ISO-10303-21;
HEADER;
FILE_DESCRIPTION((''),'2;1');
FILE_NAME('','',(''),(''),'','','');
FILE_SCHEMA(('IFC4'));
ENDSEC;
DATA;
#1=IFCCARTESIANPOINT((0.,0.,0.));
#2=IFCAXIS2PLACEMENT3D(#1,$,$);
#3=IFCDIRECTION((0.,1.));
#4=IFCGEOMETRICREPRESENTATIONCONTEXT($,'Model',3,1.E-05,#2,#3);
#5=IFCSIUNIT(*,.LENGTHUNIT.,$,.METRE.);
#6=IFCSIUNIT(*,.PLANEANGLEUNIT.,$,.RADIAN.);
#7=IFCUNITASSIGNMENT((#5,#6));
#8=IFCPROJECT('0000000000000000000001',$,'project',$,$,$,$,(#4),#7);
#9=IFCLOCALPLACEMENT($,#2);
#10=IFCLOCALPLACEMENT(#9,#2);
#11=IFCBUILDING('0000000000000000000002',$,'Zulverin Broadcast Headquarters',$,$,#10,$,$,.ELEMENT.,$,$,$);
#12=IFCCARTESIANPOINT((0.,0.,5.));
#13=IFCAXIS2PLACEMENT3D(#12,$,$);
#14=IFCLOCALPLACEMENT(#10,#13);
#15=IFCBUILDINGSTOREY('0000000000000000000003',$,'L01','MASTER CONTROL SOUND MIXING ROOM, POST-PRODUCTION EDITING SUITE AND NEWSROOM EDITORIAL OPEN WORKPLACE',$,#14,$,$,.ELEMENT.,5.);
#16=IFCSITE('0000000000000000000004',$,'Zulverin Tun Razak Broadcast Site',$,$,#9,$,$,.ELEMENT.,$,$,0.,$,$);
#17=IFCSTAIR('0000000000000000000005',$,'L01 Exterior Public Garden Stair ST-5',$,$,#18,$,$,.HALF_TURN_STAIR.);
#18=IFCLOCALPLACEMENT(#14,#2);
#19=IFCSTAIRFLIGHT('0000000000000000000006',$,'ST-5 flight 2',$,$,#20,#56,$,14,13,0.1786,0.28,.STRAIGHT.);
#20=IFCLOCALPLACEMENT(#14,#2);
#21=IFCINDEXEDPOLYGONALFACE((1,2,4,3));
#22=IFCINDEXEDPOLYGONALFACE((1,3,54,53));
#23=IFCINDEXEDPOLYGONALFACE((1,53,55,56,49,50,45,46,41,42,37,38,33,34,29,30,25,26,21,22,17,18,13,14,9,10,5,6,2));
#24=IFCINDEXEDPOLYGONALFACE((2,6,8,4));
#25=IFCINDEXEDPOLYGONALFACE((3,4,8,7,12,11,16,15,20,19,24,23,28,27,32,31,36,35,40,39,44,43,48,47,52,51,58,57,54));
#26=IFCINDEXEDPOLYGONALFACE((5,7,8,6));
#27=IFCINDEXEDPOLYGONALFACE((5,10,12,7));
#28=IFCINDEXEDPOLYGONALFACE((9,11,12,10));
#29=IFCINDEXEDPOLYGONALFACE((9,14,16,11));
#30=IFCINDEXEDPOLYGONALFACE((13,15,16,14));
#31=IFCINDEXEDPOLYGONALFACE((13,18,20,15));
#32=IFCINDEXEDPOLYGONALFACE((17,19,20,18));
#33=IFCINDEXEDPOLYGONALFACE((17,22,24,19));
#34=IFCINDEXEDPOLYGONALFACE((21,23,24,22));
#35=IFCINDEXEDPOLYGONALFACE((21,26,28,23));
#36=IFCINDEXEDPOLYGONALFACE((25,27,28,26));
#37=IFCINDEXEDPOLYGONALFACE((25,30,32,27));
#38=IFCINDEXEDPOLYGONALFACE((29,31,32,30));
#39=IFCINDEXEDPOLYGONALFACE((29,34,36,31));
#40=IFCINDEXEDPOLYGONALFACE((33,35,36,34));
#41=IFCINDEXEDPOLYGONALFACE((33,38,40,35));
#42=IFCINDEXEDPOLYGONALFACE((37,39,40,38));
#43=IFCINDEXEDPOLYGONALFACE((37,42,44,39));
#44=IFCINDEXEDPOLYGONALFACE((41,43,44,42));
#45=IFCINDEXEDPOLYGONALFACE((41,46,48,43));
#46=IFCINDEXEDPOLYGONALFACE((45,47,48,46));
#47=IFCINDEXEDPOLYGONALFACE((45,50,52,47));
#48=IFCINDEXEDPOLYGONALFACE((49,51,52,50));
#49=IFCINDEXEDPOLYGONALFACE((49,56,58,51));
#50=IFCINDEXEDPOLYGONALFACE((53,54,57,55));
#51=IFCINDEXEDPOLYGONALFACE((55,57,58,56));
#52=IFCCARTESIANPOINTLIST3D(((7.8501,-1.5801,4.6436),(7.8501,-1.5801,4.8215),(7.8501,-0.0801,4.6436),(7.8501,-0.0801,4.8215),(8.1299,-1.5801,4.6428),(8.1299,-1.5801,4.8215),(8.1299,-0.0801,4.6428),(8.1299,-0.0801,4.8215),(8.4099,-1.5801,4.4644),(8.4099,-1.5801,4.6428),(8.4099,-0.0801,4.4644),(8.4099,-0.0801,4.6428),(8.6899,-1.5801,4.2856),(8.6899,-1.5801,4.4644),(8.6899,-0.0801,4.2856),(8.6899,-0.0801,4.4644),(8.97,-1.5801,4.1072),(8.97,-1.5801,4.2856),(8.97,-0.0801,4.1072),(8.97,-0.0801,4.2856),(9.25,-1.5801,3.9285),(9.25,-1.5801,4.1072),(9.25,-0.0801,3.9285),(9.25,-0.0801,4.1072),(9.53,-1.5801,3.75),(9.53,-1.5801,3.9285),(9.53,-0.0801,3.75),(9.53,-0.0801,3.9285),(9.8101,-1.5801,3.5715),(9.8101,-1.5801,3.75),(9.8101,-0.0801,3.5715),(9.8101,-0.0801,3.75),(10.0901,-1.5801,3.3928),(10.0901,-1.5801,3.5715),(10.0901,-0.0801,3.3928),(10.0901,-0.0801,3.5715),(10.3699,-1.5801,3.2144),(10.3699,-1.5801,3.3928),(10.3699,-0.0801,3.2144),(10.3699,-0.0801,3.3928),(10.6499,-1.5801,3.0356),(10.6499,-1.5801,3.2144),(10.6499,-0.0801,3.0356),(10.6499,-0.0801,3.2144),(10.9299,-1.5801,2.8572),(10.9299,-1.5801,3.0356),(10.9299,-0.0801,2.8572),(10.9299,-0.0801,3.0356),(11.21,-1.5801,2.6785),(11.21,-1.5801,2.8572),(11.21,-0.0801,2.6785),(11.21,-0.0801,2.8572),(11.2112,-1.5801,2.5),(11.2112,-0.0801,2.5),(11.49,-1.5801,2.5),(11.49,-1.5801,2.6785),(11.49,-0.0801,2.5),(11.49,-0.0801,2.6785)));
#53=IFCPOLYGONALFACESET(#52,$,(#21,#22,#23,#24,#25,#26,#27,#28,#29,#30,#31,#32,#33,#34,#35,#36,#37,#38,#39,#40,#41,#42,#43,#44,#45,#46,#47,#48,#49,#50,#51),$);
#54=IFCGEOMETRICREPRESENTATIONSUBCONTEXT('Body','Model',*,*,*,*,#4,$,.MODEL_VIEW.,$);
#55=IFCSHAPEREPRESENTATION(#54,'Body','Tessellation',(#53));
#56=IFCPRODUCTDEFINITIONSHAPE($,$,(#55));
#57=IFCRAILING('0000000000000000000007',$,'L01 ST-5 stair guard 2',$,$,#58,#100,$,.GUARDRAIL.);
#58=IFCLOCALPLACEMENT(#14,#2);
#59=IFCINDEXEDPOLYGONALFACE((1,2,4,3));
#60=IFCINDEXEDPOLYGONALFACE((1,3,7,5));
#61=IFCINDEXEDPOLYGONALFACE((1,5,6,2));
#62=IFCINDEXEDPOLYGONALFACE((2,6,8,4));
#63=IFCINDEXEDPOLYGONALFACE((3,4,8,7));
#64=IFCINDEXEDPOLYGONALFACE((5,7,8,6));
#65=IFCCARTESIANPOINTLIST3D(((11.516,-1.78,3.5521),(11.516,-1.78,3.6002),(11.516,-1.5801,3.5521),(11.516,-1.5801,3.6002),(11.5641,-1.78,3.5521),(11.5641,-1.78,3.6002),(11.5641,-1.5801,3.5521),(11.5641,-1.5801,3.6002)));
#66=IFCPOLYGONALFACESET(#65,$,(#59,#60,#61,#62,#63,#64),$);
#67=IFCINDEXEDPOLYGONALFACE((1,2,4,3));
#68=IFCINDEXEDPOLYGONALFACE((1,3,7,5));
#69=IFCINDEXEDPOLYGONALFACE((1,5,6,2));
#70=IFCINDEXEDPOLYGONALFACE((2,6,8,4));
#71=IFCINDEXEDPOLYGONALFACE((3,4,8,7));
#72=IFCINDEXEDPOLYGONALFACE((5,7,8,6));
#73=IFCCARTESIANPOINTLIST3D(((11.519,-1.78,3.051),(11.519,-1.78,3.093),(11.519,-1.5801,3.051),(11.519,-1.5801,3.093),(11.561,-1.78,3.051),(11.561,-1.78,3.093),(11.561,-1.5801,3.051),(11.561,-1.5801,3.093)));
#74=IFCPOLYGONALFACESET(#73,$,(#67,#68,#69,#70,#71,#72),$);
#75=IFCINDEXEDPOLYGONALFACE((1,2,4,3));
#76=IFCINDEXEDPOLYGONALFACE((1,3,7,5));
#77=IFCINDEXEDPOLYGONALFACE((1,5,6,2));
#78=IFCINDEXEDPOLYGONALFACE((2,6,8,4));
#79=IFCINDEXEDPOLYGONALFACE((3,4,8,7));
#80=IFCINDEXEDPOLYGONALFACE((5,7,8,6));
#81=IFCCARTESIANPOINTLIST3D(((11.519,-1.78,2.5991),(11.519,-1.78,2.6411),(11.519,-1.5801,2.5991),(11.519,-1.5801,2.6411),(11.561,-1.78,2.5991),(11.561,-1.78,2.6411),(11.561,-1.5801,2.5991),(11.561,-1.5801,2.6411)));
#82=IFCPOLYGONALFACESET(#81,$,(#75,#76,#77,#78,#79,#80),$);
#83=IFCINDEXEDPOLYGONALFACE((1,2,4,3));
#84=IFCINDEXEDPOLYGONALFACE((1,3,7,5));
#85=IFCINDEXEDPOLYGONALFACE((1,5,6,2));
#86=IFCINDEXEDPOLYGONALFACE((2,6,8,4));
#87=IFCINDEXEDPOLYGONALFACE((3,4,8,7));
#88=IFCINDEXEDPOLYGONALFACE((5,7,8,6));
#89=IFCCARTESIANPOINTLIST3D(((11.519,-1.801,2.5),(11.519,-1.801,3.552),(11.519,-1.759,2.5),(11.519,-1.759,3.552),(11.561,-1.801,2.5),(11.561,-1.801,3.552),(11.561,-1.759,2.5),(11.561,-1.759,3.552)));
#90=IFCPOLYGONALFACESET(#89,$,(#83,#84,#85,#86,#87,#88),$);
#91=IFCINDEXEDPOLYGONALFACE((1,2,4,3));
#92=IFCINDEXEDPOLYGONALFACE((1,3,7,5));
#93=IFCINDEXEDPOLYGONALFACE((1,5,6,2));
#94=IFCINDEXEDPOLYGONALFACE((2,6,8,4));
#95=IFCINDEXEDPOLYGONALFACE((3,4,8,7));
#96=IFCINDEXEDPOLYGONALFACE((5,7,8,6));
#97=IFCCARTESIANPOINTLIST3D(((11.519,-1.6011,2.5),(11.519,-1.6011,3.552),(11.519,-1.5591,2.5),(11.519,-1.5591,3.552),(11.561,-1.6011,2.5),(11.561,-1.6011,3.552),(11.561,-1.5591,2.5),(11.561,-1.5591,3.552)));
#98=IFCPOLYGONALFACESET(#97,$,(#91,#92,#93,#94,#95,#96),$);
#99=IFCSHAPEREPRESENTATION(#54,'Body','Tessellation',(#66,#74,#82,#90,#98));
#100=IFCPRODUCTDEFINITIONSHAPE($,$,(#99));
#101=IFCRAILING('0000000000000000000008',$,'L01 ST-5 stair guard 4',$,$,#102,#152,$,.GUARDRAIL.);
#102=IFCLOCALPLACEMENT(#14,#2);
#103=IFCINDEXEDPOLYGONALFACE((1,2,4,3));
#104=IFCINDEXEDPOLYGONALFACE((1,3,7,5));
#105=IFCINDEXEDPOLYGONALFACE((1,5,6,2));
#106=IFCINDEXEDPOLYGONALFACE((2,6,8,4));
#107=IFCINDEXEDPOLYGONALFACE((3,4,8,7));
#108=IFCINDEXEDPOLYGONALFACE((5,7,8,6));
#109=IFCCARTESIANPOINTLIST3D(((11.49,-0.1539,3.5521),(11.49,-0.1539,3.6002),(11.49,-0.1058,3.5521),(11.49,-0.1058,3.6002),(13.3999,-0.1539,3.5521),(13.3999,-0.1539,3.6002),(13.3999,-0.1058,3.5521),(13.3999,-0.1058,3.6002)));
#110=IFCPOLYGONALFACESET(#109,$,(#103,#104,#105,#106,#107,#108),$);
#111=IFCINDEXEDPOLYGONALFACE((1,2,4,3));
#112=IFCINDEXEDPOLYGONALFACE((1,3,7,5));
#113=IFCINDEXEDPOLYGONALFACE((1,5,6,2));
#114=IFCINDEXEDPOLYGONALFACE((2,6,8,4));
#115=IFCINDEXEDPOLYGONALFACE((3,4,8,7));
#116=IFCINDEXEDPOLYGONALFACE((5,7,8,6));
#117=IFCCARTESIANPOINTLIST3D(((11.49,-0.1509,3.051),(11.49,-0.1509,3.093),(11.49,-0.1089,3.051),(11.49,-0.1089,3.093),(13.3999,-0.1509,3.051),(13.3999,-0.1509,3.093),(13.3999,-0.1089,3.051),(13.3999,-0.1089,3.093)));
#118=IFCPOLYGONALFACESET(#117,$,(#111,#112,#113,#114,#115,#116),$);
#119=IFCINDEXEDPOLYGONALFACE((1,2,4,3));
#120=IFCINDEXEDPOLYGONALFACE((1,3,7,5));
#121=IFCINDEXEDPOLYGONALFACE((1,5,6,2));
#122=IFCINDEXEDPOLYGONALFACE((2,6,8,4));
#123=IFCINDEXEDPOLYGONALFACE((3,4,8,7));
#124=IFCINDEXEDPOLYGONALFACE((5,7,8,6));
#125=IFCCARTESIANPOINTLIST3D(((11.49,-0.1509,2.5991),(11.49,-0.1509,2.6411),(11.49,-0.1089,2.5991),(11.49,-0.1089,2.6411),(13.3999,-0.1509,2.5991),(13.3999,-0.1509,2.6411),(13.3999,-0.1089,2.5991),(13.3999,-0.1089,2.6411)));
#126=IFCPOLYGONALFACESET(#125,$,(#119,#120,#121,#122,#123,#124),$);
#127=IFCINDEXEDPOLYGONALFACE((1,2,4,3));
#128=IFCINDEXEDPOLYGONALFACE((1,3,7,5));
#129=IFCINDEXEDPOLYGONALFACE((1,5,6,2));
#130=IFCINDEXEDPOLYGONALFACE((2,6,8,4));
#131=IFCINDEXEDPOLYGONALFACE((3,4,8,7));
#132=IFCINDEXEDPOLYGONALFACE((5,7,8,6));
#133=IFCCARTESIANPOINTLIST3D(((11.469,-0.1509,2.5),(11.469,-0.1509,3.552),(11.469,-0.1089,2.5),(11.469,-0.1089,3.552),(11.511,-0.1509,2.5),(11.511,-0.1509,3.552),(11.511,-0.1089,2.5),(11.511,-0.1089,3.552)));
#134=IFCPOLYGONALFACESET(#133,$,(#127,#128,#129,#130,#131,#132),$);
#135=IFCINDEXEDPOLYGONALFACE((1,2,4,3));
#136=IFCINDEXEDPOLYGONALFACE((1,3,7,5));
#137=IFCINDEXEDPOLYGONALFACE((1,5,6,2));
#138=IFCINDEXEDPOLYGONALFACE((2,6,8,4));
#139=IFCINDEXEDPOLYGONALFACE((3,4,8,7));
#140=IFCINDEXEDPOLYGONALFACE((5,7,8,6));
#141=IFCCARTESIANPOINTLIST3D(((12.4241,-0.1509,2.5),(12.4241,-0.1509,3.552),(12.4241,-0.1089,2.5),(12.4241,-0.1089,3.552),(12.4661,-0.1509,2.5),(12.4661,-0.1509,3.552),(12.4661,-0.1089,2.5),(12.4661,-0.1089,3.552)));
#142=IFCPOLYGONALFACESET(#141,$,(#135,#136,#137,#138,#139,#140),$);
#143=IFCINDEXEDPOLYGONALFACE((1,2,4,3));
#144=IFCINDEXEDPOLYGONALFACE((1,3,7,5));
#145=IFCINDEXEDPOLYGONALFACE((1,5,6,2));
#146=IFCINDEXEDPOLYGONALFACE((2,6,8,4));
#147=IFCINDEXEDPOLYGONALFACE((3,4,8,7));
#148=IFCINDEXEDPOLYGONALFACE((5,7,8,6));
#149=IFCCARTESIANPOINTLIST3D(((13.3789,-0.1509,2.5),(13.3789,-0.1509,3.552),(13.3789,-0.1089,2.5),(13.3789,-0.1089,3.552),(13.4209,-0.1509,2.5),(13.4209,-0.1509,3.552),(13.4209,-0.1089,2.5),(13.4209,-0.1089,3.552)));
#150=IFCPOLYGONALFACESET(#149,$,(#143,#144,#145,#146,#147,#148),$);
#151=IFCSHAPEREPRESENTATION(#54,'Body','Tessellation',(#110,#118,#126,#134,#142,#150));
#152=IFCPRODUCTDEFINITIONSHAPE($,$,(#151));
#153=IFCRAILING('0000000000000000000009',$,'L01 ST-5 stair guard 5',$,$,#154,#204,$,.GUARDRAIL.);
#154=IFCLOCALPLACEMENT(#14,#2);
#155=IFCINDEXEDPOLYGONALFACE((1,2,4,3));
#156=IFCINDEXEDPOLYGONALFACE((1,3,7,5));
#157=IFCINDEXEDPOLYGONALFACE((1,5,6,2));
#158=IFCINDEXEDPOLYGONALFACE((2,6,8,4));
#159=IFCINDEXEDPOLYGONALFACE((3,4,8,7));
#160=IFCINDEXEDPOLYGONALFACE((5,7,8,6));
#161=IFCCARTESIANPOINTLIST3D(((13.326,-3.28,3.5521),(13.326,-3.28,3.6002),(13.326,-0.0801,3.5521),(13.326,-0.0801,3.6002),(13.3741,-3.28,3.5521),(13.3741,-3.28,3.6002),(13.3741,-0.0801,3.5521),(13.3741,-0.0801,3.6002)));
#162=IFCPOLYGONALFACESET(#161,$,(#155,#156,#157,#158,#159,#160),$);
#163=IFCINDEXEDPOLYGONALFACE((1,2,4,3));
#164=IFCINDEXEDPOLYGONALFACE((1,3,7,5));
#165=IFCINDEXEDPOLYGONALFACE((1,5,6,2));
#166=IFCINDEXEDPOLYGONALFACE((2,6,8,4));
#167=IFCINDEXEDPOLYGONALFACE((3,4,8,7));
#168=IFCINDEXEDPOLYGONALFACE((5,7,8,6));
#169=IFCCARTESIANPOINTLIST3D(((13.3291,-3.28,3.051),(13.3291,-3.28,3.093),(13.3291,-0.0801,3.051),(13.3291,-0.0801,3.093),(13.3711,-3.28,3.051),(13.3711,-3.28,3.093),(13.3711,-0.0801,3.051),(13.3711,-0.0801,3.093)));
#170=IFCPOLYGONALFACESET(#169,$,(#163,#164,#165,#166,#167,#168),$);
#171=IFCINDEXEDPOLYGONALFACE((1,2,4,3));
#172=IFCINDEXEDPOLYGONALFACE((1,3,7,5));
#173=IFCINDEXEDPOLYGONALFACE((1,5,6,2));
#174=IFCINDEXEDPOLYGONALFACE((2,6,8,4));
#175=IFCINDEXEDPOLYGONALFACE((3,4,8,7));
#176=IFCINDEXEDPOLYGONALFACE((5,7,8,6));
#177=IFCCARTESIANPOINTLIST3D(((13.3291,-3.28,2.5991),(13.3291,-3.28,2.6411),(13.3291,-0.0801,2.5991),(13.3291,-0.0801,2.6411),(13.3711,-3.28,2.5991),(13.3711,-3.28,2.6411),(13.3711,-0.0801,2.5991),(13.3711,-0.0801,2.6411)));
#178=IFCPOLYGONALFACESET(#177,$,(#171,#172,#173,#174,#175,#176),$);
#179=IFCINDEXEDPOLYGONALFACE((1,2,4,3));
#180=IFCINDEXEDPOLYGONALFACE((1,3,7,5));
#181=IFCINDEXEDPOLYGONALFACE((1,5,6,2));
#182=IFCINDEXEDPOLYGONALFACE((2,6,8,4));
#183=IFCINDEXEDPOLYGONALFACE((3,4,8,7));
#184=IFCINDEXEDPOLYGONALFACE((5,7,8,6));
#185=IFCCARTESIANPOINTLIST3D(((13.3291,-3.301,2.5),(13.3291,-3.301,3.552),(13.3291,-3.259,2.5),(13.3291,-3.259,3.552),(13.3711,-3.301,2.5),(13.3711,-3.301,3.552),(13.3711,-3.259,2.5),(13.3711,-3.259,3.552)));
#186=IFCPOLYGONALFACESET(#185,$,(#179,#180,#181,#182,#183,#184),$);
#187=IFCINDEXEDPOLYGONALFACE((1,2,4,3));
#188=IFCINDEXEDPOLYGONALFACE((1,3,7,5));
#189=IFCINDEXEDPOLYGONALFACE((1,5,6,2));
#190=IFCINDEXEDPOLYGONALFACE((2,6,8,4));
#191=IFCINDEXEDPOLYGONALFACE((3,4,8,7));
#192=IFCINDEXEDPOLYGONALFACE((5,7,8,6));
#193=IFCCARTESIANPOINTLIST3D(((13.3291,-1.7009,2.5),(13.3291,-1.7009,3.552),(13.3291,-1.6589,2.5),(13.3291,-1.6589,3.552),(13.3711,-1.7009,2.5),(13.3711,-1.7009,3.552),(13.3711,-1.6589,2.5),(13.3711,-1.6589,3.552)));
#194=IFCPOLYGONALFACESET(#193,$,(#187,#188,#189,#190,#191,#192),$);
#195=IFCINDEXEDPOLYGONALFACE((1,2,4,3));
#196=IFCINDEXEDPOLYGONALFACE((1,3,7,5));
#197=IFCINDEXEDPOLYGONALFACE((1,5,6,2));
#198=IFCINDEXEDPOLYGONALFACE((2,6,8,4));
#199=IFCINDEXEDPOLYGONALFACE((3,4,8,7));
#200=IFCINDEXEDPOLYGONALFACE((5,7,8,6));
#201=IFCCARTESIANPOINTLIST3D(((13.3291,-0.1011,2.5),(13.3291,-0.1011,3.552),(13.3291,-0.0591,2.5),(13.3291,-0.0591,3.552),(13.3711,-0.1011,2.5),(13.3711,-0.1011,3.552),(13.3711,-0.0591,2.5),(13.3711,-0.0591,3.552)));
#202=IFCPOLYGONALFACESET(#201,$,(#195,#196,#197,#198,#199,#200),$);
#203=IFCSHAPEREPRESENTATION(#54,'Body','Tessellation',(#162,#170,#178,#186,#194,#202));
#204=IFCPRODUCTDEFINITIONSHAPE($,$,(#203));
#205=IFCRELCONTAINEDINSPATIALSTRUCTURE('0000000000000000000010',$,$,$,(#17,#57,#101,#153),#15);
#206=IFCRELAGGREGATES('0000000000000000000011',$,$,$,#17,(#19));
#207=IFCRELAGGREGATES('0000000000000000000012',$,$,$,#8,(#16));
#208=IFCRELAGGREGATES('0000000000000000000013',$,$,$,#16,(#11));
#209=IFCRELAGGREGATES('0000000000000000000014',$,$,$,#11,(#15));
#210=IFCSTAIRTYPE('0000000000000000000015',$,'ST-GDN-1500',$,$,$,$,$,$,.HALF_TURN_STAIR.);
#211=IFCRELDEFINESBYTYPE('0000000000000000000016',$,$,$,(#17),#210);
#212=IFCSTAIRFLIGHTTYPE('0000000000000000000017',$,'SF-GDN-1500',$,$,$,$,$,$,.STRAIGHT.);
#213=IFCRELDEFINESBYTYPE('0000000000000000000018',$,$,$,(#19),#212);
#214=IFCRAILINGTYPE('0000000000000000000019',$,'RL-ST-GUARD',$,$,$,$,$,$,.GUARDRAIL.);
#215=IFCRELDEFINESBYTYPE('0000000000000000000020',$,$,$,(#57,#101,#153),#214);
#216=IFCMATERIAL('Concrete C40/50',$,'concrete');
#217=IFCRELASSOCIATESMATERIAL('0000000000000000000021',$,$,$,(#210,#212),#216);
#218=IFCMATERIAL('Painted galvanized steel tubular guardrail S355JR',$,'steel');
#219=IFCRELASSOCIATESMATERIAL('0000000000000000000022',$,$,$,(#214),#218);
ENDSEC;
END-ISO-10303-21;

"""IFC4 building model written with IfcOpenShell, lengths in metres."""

from ifc_helpers import new_model, si_unit, direction, frame, origin, origin_2d, place, context, subcontext, project, spatial, polyline, rectangle, outline, extrude, material, type_object, element, aggregate, save


model = new_model("IFC4")

# Units and contexts
model_context = context("Model", 3, precision=1e-05, world=origin(), true_north=direction((0.0, 1.0)))
body_context = subcontext(model_context, "Body", "Model", "MODEL_VIEW")
ifc_project = project(units=[si_unit("LENGTHUNIT", "METRE"), si_unit("PLANEANGLEUNIT", "RADIAN")], contexts=[model_context])

# Site, building, storey
site_placement = place(None, origin())
site = spatial("IfcSite", under=ifc_project, at=site_placement, Name="Zulverin Tun Razak Broadcast Site", CompositionType="ELEMENT", RefElevation=0.0)
building_placement = place(site_placement, origin())
building = spatial("IfcBuilding", under=site, at=building_placement, Name="Zulverin Broadcast Headquarters", CompositionType="ELEMENT")
storey_placement = place(building_placement, frame((0.0, 0.0, 5.0)))
storey = spatial("IfcBuildingStorey", under=building, at=storey_placement, Name="L01", Description="MASTER CONTROL SOUND MIXING ROOM, POST-PRODUCTION EDITING SUITE AND NEWSROOM EDITORIAL OPEN WORKPLACE", CompositionType="ELEMENT", Elevation=5.0)

# Stair, stair flight
ifc_material_1 = material(Name="Concrete C40/50", Category="concrete")
stair_type = type_object("IfcStairType", Name="ST-GDN-1500", PredefinedType="HALF_TURN_STAIR", material=ifc_material_1)
stair_placement = place(storey_placement, origin())
stair = element("IfcStair", 1, at=stair_placement, inside=storey, type_object=stair_type, Name="L01 Exterior Public Garden Stair ST-5", PredefinedType="HALF_TURN_STAIR")
stair_flight_type = type_object("IfcStairFlightType", Name="SF-GDN-1500", PredefinedType="STRAIGHT", material=ifc_material_1)
stair_flight_placement = place(storey_placement, frame((11.49, -0.8301, 2.5), z_axis=(0.0, 0.0, 1.0), x_axis=(-1.0, 0.0, 0.0)))
stair_flight = element("IfcStairFlight", 2, at=stair_flight_placement, type_object=stair_flight_type, Name="ST-5 flight 2", NumberOfRisers=14, NumberOfTreads=13, PredefinedType="STRAIGHT", RiserHeight=0.1786, TreadLength=0.28, context=body_context, shape_type="SweptSolid", body=[
    extrude(outline(polyline([(0.0, 0.0), (0.0, 0.1785), (0.28, 0.1785), (0.28, 0.3572), (0.5601, 0.3572), (0.5601, 0.5356), (0.8401, 0.5356), (0.8401, 0.7144), (1.1201, 0.7144), (1.1201, 0.8928), (1.3999, 0.8928), (1.3999, 1.0715), (1.6799, 1.0715), (1.6799, 1.25), (1.96, 1.25), (1.96, 1.4285), (2.24, 1.4285), (2.24, 1.6072), (2.52, 1.6072), (2.52, 1.7856), (2.8, 1.7856), (2.8, 1.9644), (3.0801, 1.9644), (3.0801, 2.1428), (3.3601, 2.1428), (3.3601, 2.3215), (3.6399, 2.3215), (3.6399, 2.5), (3.6399, 2.1436), (0.2788, 0.0), (0.0, 0.0)])), frame((0.0, 0.75, 0.0), z_axis=(0.0, -1.0, 0.0), x_axis=(1.0, 0.0, 0.0)), (0.0, 0.0, 1.0), 1.5),
])
aggregate(stair, [stair_flight])

# Railings
ifc_material_2 = material(Name="Painted galvanized steel tubular guardrail S355JR", Category="steel")
railing_type_1 = type_object("IfcRailingType", Name="RL-ST-GUARD", PredefinedType="GUARDRAIL", material=ifc_material_2)
railing_1_placement = place(storey_placement, frame((11.54, -1.78, 2.5)))
element("IfcRailing", 3, at=railing_1_placement, inside=storey, type_object=railing_type_1, Name="L01 ST-5 stair guard 2", PredefinedType="GUARDRAIL", context=body_context, shape_type="SweptSolid", body=[
    extrude(rectangle(XDim=0.0481, YDim=0.0481, at=origin_2d()), frame((0.0, 0.0, 1.0762), z_axis=(0.0, 1.0, 0.0), x_axis=(-1.0, 0.0, 0.0)), (0.0, 0.0, 1.0), 0.2),
    extrude(rectangle(XDim=0.042, YDim=0.042, at=origin_2d()), frame((0.0, 0.0, 0.572), z_axis=(0.0, 1.0, 0.0), x_axis=(-1.0, 0.0, 0.0)), (0.0, 0.0, 1.0), 0.2),
    extrude(rectangle(XDim=0.042, YDim=0.042, at=origin_2d()), frame((0.0, 0.0, 0.1201), z_axis=(0.0, 1.0, 0.0), x_axis=(-1.0, 0.0, 0.0)), (0.0, 0.0, 1.0), 0.2),
    extrude(rectangle(XDim=0.042, YDim=0.042, at=origin_2d()), origin(), (0.0, 0.0, 1.0), 1.052),
    extrude(rectangle(XDim=0.042, YDim=0.042, at=origin_2d()), frame((0.0, 0.2, 0.0)), (0.0, 0.0, 1.0), 1.052),
])
railing_2_placement = place(storey_placement, frame((11.49, -0.1299, 2.5)))
element("IfcRailing", 4, at=railing_2_placement, inside=storey, type_object=railing_type_1, Name="L01 ST-5 stair guard 4", PredefinedType="GUARDRAIL", context=body_context, shape_type="SweptSolid", body=[
    extrude(rectangle(XDim=0.0481, YDim=0.0481, at=origin_2d()), frame((0.0, 0.0, 1.0762), z_axis=(1.0, 0.0, 0.0), x_axis=(0.0, 1.0, 0.0)), (0.0, 0.0, 1.0), 1.9099),
    extrude(rectangle(XDim=0.042, YDim=0.042, at=origin_2d()), frame((0.0, 0.0, 0.572), z_axis=(1.0, 0.0, 0.0), x_axis=(0.0, 1.0, 0.0)), (0.0, 0.0, 1.0), 1.9099),
    extrude(rectangle(XDim=0.042, YDim=0.042, at=origin_2d()), frame((0.0, 0.0, 0.1201), z_axis=(1.0, 0.0, 0.0), x_axis=(0.0, 1.0, 0.0)), (0.0, 0.0, 1.0), 1.9099),
    extrude(rectangle(XDim=0.042, YDim=0.042, at=origin_2d()), origin(), (0.0, 0.0, 1.0), 1.052),
    extrude(rectangle(XDim=0.042, YDim=0.042, at=origin_2d()), frame((0.9551, 0.0, 0.0)), (0.0, 0.0, 1.0), 1.052),
    extrude(rectangle(XDim=0.042, YDim=0.042, at=origin_2d()), frame((1.9099, 0.0, 0.0)), (0.0, 0.0, 1.0), 1.052),
])
railing_3_placement = place(storey_placement, frame((13.3501, -3.28, 2.5)))
element("IfcRailing", 5, at=railing_3_placement, inside=storey, type_object=railing_type_1, Name="L01 ST-5 stair guard 5", PredefinedType="GUARDRAIL", context=body_context, shape_type="SweptSolid", body=[
    extrude(rectangle(XDim=0.0481, YDim=0.0481, at=origin_2d()), frame((0.0, 0.0, 1.0762), z_axis=(0.0, 1.0, 0.0), x_axis=(-1.0, 0.0, 0.0)), (0.0, 0.0, 1.0), 3.2),
    extrude(rectangle(XDim=0.042, YDim=0.042, at=origin_2d()), frame((0.0, 0.0, 0.572), z_axis=(0.0, 1.0, 0.0), x_axis=(-1.0, 0.0, 0.0)), (0.0, 0.0, 1.0), 3.2),
    extrude(rectangle(XDim=0.042, YDim=0.042, at=origin_2d()), frame((0.0, 0.0, 0.1201), z_axis=(0.0, 1.0, 0.0), x_axis=(-1.0, 0.0, 0.0)), (0.0, 0.0, 1.0), 3.2),
    extrude(rectangle(XDim=0.042, YDim=0.042, at=origin_2d()), origin(), (0.0, 0.0, 1.0), 1.052),
    extrude(rectangle(XDim=0.042, YDim=0.042, at=origin_2d()), frame((0.0, 1.6001, 0.0)), (0.0, 0.0, 1.0), 1.052),
    extrude(rectangle(XDim=0.042, YDim=0.042, at=origin_2d()), frame((0.0, 3.2, 0.0)), (0.0, 0.0, 1.0), 1.052),
])

save(model, "model.ifc")
